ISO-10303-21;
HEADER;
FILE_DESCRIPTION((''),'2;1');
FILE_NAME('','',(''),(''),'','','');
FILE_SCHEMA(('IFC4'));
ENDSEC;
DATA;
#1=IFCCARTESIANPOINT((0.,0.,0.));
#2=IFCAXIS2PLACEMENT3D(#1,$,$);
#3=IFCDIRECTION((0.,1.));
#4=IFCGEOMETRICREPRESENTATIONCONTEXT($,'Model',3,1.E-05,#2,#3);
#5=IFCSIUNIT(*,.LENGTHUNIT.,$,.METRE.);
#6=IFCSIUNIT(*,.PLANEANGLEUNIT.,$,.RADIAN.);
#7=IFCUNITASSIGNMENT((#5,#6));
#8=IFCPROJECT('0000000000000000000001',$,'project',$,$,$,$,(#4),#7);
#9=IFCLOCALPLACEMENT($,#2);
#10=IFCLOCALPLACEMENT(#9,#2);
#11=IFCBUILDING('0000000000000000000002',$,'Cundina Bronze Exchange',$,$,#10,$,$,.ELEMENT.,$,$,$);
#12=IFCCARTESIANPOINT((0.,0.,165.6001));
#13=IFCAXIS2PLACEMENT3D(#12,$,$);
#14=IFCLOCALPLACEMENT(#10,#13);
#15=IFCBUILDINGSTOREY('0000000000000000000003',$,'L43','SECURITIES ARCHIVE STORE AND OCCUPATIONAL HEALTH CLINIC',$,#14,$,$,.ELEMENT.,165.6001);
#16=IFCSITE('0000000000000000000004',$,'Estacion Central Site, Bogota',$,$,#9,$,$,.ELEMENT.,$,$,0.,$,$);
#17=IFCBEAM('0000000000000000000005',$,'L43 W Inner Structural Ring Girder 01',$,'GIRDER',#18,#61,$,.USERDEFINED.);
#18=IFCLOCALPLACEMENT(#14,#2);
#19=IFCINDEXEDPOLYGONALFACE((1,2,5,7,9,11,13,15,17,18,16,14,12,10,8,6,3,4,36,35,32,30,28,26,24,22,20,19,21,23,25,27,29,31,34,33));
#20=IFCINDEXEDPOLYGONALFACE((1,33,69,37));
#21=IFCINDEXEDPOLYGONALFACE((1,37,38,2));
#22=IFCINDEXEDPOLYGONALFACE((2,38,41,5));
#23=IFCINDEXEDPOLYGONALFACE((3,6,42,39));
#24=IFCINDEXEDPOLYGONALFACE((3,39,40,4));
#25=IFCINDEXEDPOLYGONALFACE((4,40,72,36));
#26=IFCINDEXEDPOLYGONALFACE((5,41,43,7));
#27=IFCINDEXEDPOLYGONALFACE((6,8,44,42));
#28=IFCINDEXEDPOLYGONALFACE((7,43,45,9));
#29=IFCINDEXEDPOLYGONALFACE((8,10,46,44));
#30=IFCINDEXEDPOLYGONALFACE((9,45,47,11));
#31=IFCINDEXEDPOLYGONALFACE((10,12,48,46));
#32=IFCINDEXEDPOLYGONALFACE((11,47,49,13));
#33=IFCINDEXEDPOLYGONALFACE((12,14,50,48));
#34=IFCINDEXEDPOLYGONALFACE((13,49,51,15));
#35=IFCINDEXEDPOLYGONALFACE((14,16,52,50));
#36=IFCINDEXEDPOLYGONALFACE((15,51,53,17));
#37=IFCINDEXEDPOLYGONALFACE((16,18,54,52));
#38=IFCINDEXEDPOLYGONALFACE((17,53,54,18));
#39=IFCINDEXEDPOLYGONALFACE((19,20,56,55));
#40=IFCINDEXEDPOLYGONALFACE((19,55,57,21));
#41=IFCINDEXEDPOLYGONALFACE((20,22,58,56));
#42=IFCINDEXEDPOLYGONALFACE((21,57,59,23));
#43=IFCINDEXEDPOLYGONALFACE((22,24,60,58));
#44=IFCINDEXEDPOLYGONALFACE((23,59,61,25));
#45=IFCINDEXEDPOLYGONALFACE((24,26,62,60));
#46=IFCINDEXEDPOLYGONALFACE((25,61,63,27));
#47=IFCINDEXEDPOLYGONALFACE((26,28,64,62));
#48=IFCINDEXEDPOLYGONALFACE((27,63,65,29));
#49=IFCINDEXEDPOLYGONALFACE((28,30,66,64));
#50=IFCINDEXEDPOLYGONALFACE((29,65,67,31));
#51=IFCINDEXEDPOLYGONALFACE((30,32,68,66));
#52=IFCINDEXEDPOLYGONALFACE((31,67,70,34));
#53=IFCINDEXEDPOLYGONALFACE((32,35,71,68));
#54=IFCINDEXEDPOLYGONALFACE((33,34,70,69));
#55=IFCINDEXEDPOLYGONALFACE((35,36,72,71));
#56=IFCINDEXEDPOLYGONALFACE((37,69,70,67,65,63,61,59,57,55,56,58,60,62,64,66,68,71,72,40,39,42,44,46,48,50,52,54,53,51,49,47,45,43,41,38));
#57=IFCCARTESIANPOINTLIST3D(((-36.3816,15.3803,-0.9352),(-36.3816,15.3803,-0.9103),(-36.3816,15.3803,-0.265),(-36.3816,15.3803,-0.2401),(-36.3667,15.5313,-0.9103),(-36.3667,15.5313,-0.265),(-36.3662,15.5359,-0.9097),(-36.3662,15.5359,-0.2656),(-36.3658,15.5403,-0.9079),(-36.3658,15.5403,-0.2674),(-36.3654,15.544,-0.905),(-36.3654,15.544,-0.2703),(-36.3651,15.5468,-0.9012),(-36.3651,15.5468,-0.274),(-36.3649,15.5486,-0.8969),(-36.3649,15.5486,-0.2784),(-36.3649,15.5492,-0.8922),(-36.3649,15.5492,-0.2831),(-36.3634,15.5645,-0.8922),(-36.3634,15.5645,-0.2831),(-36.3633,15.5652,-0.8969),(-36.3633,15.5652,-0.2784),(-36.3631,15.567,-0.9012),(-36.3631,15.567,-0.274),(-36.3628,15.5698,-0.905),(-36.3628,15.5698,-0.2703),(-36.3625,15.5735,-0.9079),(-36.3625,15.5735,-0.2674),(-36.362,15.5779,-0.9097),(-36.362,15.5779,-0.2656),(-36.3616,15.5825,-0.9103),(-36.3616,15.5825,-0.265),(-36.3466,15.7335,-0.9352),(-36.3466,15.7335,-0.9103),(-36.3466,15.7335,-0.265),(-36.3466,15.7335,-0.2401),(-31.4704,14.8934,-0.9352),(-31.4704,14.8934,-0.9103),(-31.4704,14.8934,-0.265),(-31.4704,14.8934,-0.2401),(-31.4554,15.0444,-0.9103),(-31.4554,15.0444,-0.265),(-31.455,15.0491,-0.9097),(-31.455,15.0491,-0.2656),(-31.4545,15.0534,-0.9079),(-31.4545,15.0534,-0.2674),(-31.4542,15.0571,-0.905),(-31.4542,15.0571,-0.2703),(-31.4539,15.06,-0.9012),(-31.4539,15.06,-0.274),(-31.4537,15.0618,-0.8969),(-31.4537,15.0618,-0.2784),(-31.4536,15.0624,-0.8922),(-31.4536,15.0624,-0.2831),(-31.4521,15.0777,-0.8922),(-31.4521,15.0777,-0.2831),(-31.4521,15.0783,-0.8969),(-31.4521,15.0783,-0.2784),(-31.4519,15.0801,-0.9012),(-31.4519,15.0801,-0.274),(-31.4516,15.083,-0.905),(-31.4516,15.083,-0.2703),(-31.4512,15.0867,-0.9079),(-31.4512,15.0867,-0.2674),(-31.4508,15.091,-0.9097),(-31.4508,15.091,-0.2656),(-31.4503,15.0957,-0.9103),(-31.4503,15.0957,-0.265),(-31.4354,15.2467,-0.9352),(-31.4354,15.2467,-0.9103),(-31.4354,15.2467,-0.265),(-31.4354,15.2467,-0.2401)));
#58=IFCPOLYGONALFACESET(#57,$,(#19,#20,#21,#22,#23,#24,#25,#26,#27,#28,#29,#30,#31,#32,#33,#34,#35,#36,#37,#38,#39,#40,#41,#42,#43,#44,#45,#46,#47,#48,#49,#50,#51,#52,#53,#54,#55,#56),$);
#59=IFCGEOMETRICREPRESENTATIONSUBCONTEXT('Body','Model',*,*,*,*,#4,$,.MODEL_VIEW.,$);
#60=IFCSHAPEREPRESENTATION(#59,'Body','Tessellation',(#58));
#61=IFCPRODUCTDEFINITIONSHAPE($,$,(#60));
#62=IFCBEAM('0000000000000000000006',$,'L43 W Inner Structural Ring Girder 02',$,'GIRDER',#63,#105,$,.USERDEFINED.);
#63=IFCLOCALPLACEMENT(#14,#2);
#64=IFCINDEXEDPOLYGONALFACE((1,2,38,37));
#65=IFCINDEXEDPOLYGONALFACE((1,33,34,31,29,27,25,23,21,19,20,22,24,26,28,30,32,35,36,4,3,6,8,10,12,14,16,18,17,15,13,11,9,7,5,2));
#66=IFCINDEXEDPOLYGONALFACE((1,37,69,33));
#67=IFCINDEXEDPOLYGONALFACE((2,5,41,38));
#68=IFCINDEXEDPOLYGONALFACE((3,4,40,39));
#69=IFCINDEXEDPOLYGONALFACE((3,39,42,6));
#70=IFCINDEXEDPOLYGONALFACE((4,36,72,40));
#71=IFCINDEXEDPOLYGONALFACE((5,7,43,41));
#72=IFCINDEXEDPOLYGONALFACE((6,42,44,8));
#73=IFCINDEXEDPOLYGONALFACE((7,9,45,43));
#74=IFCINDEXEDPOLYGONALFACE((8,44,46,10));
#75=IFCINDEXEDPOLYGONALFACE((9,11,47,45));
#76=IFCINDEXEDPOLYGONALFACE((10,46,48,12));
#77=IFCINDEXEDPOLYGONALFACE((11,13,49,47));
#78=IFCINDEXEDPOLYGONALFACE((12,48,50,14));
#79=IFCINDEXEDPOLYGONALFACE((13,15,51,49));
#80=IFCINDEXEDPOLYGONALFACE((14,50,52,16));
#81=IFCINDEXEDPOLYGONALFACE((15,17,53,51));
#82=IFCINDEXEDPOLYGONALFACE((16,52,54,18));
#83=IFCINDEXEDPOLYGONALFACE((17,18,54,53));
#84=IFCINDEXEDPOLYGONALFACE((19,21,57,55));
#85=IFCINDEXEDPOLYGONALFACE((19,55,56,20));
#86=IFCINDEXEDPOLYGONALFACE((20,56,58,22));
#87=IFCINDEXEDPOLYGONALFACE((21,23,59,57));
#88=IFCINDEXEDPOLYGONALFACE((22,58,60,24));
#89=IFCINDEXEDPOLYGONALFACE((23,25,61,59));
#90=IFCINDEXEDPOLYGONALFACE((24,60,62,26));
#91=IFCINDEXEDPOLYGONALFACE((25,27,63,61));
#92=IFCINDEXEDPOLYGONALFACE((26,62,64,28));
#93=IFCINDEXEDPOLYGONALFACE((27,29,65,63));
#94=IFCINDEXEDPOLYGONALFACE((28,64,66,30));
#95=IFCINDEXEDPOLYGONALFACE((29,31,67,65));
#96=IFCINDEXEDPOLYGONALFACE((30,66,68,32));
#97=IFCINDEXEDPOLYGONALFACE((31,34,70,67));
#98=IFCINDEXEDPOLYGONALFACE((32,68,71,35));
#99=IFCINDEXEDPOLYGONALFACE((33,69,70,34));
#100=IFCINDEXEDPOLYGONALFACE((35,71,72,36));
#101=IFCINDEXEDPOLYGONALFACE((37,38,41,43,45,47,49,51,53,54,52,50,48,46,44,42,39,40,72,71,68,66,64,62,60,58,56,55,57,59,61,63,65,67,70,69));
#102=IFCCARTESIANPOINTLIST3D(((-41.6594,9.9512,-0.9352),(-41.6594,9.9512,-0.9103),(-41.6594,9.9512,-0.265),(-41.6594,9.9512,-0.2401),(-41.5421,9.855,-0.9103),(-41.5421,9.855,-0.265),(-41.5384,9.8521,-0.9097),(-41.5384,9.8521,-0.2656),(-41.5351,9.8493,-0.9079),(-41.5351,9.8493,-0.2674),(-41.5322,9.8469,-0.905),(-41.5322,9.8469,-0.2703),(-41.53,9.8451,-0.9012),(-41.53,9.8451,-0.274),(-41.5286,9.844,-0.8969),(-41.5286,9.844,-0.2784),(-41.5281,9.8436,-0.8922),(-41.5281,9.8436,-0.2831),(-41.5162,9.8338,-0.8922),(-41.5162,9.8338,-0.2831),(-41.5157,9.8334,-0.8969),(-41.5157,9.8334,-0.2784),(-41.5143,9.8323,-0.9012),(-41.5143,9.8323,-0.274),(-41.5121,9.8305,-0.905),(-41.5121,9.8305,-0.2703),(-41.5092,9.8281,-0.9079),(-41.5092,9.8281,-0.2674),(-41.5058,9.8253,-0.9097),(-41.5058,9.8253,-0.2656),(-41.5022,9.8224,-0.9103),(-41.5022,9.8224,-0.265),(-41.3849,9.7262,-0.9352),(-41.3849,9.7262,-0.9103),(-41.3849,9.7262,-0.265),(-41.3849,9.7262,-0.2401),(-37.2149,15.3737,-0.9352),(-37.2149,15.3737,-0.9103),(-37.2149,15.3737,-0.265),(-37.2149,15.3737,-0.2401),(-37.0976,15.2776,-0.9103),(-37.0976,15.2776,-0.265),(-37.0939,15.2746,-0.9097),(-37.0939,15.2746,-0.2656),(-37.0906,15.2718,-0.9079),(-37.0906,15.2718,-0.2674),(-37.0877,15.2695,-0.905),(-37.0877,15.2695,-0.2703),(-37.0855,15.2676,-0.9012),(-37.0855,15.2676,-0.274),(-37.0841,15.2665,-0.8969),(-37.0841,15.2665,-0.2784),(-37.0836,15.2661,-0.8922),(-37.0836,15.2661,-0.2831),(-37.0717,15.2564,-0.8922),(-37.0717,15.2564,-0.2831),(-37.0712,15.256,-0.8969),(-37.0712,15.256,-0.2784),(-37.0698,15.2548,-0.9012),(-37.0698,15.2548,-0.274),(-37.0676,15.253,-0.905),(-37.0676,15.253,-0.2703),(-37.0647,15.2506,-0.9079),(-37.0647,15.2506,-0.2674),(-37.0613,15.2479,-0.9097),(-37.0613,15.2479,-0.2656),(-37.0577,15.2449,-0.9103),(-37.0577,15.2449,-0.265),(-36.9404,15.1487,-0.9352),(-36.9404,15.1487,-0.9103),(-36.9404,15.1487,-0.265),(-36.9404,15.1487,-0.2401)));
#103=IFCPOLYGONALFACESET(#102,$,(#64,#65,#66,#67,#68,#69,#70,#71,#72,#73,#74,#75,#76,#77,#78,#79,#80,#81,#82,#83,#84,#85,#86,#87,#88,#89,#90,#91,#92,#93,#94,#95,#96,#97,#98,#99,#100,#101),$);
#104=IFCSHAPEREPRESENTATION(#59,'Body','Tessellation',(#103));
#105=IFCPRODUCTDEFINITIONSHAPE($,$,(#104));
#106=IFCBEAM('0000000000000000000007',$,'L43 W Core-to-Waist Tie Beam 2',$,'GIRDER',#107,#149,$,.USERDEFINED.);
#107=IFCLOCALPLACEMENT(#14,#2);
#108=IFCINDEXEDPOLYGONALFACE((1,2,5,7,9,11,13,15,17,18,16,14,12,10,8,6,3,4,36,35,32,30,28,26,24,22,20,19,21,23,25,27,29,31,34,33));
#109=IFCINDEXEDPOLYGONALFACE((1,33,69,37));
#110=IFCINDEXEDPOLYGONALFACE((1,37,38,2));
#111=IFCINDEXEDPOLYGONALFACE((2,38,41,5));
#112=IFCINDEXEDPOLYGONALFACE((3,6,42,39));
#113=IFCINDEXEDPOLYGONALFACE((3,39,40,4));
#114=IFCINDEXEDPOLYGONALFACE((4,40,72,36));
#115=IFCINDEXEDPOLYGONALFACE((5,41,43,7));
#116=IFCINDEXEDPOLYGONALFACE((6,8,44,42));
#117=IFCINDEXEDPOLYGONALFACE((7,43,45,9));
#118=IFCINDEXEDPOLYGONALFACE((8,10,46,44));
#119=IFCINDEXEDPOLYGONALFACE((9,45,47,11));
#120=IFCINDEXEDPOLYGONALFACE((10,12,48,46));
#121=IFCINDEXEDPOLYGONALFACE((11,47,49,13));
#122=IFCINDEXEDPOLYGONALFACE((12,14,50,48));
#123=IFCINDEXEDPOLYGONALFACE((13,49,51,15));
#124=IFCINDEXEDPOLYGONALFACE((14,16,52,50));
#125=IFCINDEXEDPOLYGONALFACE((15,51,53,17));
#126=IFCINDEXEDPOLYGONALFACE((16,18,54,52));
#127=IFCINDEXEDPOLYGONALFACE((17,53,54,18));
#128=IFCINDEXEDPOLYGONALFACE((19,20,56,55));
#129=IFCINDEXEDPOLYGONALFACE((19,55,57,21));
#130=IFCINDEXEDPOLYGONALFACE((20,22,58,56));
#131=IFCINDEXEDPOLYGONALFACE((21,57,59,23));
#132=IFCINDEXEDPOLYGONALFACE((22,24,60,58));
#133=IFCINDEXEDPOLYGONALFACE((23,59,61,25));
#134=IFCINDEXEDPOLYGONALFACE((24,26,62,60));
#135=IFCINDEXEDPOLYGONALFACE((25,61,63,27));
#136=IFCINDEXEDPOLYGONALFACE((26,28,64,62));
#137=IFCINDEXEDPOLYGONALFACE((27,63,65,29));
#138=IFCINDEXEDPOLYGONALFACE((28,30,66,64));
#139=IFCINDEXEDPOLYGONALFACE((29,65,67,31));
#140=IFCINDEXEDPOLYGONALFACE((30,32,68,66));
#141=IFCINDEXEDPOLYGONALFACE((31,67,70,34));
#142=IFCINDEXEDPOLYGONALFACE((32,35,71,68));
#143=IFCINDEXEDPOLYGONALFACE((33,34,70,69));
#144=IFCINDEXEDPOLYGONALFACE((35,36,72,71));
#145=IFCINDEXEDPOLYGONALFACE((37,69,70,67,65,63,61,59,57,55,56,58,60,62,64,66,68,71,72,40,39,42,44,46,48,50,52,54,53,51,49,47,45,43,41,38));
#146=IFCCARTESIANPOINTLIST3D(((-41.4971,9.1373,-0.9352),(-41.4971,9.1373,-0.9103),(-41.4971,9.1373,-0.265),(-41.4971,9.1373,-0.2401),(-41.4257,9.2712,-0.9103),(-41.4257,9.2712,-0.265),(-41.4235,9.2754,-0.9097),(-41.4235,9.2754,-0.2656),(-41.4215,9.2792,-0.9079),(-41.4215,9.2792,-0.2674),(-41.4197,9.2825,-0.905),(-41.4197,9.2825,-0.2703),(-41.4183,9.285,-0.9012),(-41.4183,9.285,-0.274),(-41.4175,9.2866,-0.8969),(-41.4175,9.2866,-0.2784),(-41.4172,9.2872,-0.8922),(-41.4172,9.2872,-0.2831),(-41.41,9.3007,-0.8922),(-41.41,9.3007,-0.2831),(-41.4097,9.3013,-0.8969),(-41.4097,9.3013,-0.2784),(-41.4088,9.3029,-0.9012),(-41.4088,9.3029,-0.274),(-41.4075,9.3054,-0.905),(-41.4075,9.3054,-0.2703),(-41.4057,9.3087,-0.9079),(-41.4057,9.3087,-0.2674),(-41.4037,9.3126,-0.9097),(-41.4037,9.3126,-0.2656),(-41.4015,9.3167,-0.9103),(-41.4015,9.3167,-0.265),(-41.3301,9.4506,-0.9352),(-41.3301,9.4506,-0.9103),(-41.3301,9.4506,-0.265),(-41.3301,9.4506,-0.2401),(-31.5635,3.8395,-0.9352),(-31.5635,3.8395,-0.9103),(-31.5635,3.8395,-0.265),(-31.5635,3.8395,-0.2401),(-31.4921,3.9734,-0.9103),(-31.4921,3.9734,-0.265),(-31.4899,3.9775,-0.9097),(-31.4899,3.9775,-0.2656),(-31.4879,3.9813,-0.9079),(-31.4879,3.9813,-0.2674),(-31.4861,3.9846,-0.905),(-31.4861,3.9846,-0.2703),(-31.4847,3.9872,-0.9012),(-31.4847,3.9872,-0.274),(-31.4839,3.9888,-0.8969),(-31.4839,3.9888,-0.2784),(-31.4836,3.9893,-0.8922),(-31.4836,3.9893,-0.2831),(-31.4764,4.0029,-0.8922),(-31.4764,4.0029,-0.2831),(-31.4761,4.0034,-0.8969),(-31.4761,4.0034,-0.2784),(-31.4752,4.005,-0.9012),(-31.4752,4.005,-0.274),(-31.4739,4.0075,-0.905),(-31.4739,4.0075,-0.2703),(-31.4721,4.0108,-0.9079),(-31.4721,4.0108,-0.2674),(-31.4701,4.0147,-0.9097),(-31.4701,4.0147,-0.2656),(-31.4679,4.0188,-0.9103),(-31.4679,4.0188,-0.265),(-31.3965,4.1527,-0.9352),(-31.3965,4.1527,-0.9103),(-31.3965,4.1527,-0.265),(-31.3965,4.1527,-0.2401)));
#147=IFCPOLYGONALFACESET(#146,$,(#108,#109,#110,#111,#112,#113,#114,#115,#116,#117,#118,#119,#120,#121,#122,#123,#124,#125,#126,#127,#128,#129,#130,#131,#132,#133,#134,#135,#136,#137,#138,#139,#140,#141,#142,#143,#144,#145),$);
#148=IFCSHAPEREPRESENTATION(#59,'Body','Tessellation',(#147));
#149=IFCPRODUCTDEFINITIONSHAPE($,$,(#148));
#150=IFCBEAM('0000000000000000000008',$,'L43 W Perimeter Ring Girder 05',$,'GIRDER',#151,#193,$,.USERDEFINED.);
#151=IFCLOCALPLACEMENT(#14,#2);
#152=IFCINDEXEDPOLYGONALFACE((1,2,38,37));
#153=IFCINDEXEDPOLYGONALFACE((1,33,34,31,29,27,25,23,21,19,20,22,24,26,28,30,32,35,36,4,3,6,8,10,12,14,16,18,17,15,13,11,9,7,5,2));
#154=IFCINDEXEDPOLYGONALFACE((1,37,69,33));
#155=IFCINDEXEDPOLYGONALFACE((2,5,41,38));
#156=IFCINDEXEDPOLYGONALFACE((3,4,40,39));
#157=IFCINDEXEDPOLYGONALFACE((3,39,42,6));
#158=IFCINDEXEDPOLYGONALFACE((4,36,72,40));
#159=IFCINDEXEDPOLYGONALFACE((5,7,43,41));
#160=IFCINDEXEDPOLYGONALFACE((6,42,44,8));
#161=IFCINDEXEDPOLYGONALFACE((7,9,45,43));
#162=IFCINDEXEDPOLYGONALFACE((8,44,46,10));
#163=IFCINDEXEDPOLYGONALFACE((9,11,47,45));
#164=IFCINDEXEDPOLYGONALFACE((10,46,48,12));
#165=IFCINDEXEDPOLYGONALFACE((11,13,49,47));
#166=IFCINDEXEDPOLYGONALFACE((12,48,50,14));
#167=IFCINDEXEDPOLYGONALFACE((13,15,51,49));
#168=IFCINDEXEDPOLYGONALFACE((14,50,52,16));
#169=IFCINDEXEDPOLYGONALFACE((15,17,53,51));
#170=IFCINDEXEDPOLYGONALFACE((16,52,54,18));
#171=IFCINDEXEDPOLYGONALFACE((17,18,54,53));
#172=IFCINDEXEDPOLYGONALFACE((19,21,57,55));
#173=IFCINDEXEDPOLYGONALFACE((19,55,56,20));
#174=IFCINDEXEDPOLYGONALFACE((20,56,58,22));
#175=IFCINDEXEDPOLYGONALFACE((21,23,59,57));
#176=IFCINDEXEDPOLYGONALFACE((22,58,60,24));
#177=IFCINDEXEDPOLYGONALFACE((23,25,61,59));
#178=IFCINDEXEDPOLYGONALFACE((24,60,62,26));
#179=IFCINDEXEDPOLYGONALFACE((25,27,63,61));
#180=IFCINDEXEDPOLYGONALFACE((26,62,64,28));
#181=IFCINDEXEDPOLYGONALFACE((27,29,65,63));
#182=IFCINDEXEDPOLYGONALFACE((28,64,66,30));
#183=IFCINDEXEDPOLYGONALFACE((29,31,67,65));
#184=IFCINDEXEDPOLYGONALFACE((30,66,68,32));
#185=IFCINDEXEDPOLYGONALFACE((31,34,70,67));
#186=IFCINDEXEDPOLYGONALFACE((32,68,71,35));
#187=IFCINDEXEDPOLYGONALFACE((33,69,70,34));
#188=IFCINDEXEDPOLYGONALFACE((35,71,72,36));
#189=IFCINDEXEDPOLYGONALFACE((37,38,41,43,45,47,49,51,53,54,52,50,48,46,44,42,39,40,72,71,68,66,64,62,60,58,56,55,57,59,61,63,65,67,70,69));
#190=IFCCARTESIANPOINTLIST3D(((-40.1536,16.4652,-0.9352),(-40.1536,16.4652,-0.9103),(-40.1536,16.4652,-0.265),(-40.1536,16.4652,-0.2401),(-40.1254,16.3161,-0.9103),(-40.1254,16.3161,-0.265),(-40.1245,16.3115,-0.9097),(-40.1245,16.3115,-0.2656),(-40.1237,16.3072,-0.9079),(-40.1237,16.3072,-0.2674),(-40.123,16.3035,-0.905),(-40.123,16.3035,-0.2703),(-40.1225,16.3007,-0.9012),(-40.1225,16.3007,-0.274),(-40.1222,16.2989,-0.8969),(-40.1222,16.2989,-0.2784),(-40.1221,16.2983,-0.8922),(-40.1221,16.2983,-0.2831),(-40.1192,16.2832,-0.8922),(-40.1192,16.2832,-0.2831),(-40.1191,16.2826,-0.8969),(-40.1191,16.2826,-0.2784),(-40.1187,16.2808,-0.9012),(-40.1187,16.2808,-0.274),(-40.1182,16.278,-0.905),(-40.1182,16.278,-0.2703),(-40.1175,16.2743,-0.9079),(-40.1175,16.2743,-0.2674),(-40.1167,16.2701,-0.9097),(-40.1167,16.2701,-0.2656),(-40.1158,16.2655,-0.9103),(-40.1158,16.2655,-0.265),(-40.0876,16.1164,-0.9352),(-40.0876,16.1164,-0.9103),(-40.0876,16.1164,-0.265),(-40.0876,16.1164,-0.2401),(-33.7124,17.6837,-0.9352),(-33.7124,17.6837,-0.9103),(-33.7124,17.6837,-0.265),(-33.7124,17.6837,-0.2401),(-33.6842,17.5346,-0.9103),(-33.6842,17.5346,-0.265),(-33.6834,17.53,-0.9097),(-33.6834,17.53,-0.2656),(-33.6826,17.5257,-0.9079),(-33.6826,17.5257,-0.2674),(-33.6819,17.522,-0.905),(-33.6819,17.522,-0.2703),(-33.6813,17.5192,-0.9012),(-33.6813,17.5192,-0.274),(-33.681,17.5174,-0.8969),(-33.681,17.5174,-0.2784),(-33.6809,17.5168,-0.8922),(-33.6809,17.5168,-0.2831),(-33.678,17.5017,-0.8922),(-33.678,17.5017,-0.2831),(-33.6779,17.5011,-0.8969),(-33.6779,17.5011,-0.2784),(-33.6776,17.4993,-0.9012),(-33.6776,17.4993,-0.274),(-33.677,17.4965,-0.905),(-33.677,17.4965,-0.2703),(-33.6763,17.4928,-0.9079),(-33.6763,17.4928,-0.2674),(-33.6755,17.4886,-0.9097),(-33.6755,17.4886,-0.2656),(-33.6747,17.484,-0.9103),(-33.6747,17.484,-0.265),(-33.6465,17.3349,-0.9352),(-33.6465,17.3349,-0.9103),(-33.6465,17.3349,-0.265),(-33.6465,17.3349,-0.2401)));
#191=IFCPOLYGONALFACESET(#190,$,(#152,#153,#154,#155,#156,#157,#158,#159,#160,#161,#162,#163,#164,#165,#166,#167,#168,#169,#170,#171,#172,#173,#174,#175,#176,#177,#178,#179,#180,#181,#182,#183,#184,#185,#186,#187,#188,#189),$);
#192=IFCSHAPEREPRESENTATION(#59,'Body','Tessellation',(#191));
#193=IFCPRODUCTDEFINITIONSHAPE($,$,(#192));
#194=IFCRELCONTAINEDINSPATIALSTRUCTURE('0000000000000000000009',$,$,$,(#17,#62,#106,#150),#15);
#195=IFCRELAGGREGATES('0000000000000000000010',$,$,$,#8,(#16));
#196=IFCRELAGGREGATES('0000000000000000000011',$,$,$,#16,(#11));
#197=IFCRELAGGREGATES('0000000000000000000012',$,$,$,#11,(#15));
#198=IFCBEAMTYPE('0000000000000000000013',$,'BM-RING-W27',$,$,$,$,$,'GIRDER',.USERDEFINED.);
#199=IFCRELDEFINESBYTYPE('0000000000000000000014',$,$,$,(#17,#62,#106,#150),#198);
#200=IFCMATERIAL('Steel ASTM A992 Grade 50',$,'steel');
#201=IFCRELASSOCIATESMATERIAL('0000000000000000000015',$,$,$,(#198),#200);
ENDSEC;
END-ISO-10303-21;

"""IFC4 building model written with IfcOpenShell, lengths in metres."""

from ifc_helpers import new_model, si_unit, direction, frame, origin, origin_2d, place, context, subcontext, project, spatial, i_section, extrude, material, material_profile, profile_set, type_object, element, save


model = new_model("IFC4")

# Units and contexts
model_context = context("Model", 3, precision=1e-05, world=origin(), true_north=direction((0.0, 1.0)))
body_context = subcontext(model_context, "Body", "Model", "MODEL_VIEW")
ifc_project = project(units=[si_unit("LENGTHUNIT", "METRE"), si_unit("PLANEANGLEUNIT", "RADIAN")], contexts=[model_context])

# Site, building, storey
site_placement = place(None, origin())
site = spatial("IfcSite", under=ifc_project, at=site_placement, Name="Estacion Central Site, Bogota", CompositionType="ELEMENT", RefElevation=0.0)
building_placement = place(site_placement, origin())
building = spatial("IfcBuilding", under=site, at=building_placement, Name="Cundina Bronze Exchange", CompositionType="ELEMENT")
storey_placement = place(building_placement, frame((0.0, 0.0, 165.6001)))
storey = spatial("IfcBuildingStorey", under=building, at=storey_placement, Name="L43", Description="SECURITIES ARCHIVE STORE AND OCCUPATIONAL HEALTH CLINIC", CompositionType="ELEMENT", Elevation=165.6001)

# Shared definitions
ifc_material_1 = material(Name="Steel ASTM A992 Grade 50", Category="steel")

# Beams
ifc_material_profile_1 = material_profile(ifc_material_1, i_section(OverallWidth=0.355, OverallDepth=0.6951, WebThickness=0.0154, FlangeThickness=0.0249, FilletRadius=0.0181, at=origin_2d()), Name="W27X146", Category="steel")
ifc_profile_set_1 = profile_set([ifc_material_profile_1], Name="Steel ASTM A992 Grade 50")
beam_type_1 = type_object("IfcBeamType", Name="BM-RING-W27", ElementType="GIRDER", PredefinedType="USERDEFINED", material=ifc_profile_set_1)
beam_1_placement = place(storey_placement, frame((-31.4529, 15.0701, -0.5876), z_axis=(-0.995123, 0.098642, 0.0), x_axis=(-0.098642, -0.995123, 0.0)))
element("IfcBeam", 1, at=beam_1_placement, inside=storey, type_object=beam_type_1, Name="L43 W Inner Structural Ring Girder 01", ObjectType="GIRDER", PredefinedType="USERDEFINED", context=body_context, shape_type="SweptSolid", body=[
    extrude(i_section(OverallWidth=0.355, OverallDepth=0.6951, WebThickness=0.0154, FlangeThickness=0.0249, FilletRadius=0.0181, at=origin_2d()), origin(), (0.0, 0.0, 1.0), 4.9353),
])
beam_2_placement = place(storey_placement, frame((-37.0776, 15.2612, -0.5876), z_axis=(-0.633913, -0.773405, 0.0), x_axis=(0.773405, -0.633913, 0.0)))
element("IfcBeam", 2, at=beam_2_placement, inside=storey, type_object=beam_type_1, Name="L43 W Inner Structural Ring Girder 02", ObjectType="GIRDER", PredefinedType="USERDEFINED", context=body_context, shape_type="SweptSolid", body=[
    extrude(i_section(OverallWidth=0.355, OverallDepth=0.6951, WebThickness=0.0154, FlangeThickness=0.0249, FilletRadius=0.0181, at=origin_2d()), origin(), (0.0, 0.0, 1.0), 7.0112),
])
beam_3_placement = place(storey_placement, frame((-31.48, 3.9961, -0.5876), z_axis=(-0.882355, 0.470584, 0.0), x_axis=(-0.470584, -0.882355, 0.0)))
element("IfcBeam", 3, at=beam_3_placement, inside=storey, type_object=beam_type_1, Name="L43 W Core-to-Waist Tie Beam 2", ObjectType="GIRDER", PredefinedType="USERDEFINED", context=body_context, shape_type="SweptSolid", body=[
    extrude(i_section(OverallWidth=0.355, OverallDepth=0.6951, WebThickness=0.0154, FlangeThickness=0.0249, FilletRadius=0.0181, at=origin_2d()), origin(), (0.0, 0.0, 1.0), 11.2581),
])
beam_4_placement = place(storey_placement, frame((-33.6794, 17.5093, -0.5876), z_axis=(-0.982573, -0.185878, 0.0), x_axis=(0.185878, -0.982573, 0.0)))
element("IfcBeam", 4, at=beam_4_placement, inside=storey, type_object=beam_type_1, Name="L43 W Perimeter Ring Girder 05", ObjectType="GIRDER", PredefinedType="USERDEFINED", context=body_context, shape_type="SweptSolid", body=[
    extrude(i_section(OverallWidth=0.355, OverallDepth=0.6951, WebThickness=0.0154, FlangeThickness=0.0249, FilletRadius=0.0181, at=origin_2d()), origin(), (0.0, 0.0, 1.0), 6.5554),
])

save(model, "model.ifc")
